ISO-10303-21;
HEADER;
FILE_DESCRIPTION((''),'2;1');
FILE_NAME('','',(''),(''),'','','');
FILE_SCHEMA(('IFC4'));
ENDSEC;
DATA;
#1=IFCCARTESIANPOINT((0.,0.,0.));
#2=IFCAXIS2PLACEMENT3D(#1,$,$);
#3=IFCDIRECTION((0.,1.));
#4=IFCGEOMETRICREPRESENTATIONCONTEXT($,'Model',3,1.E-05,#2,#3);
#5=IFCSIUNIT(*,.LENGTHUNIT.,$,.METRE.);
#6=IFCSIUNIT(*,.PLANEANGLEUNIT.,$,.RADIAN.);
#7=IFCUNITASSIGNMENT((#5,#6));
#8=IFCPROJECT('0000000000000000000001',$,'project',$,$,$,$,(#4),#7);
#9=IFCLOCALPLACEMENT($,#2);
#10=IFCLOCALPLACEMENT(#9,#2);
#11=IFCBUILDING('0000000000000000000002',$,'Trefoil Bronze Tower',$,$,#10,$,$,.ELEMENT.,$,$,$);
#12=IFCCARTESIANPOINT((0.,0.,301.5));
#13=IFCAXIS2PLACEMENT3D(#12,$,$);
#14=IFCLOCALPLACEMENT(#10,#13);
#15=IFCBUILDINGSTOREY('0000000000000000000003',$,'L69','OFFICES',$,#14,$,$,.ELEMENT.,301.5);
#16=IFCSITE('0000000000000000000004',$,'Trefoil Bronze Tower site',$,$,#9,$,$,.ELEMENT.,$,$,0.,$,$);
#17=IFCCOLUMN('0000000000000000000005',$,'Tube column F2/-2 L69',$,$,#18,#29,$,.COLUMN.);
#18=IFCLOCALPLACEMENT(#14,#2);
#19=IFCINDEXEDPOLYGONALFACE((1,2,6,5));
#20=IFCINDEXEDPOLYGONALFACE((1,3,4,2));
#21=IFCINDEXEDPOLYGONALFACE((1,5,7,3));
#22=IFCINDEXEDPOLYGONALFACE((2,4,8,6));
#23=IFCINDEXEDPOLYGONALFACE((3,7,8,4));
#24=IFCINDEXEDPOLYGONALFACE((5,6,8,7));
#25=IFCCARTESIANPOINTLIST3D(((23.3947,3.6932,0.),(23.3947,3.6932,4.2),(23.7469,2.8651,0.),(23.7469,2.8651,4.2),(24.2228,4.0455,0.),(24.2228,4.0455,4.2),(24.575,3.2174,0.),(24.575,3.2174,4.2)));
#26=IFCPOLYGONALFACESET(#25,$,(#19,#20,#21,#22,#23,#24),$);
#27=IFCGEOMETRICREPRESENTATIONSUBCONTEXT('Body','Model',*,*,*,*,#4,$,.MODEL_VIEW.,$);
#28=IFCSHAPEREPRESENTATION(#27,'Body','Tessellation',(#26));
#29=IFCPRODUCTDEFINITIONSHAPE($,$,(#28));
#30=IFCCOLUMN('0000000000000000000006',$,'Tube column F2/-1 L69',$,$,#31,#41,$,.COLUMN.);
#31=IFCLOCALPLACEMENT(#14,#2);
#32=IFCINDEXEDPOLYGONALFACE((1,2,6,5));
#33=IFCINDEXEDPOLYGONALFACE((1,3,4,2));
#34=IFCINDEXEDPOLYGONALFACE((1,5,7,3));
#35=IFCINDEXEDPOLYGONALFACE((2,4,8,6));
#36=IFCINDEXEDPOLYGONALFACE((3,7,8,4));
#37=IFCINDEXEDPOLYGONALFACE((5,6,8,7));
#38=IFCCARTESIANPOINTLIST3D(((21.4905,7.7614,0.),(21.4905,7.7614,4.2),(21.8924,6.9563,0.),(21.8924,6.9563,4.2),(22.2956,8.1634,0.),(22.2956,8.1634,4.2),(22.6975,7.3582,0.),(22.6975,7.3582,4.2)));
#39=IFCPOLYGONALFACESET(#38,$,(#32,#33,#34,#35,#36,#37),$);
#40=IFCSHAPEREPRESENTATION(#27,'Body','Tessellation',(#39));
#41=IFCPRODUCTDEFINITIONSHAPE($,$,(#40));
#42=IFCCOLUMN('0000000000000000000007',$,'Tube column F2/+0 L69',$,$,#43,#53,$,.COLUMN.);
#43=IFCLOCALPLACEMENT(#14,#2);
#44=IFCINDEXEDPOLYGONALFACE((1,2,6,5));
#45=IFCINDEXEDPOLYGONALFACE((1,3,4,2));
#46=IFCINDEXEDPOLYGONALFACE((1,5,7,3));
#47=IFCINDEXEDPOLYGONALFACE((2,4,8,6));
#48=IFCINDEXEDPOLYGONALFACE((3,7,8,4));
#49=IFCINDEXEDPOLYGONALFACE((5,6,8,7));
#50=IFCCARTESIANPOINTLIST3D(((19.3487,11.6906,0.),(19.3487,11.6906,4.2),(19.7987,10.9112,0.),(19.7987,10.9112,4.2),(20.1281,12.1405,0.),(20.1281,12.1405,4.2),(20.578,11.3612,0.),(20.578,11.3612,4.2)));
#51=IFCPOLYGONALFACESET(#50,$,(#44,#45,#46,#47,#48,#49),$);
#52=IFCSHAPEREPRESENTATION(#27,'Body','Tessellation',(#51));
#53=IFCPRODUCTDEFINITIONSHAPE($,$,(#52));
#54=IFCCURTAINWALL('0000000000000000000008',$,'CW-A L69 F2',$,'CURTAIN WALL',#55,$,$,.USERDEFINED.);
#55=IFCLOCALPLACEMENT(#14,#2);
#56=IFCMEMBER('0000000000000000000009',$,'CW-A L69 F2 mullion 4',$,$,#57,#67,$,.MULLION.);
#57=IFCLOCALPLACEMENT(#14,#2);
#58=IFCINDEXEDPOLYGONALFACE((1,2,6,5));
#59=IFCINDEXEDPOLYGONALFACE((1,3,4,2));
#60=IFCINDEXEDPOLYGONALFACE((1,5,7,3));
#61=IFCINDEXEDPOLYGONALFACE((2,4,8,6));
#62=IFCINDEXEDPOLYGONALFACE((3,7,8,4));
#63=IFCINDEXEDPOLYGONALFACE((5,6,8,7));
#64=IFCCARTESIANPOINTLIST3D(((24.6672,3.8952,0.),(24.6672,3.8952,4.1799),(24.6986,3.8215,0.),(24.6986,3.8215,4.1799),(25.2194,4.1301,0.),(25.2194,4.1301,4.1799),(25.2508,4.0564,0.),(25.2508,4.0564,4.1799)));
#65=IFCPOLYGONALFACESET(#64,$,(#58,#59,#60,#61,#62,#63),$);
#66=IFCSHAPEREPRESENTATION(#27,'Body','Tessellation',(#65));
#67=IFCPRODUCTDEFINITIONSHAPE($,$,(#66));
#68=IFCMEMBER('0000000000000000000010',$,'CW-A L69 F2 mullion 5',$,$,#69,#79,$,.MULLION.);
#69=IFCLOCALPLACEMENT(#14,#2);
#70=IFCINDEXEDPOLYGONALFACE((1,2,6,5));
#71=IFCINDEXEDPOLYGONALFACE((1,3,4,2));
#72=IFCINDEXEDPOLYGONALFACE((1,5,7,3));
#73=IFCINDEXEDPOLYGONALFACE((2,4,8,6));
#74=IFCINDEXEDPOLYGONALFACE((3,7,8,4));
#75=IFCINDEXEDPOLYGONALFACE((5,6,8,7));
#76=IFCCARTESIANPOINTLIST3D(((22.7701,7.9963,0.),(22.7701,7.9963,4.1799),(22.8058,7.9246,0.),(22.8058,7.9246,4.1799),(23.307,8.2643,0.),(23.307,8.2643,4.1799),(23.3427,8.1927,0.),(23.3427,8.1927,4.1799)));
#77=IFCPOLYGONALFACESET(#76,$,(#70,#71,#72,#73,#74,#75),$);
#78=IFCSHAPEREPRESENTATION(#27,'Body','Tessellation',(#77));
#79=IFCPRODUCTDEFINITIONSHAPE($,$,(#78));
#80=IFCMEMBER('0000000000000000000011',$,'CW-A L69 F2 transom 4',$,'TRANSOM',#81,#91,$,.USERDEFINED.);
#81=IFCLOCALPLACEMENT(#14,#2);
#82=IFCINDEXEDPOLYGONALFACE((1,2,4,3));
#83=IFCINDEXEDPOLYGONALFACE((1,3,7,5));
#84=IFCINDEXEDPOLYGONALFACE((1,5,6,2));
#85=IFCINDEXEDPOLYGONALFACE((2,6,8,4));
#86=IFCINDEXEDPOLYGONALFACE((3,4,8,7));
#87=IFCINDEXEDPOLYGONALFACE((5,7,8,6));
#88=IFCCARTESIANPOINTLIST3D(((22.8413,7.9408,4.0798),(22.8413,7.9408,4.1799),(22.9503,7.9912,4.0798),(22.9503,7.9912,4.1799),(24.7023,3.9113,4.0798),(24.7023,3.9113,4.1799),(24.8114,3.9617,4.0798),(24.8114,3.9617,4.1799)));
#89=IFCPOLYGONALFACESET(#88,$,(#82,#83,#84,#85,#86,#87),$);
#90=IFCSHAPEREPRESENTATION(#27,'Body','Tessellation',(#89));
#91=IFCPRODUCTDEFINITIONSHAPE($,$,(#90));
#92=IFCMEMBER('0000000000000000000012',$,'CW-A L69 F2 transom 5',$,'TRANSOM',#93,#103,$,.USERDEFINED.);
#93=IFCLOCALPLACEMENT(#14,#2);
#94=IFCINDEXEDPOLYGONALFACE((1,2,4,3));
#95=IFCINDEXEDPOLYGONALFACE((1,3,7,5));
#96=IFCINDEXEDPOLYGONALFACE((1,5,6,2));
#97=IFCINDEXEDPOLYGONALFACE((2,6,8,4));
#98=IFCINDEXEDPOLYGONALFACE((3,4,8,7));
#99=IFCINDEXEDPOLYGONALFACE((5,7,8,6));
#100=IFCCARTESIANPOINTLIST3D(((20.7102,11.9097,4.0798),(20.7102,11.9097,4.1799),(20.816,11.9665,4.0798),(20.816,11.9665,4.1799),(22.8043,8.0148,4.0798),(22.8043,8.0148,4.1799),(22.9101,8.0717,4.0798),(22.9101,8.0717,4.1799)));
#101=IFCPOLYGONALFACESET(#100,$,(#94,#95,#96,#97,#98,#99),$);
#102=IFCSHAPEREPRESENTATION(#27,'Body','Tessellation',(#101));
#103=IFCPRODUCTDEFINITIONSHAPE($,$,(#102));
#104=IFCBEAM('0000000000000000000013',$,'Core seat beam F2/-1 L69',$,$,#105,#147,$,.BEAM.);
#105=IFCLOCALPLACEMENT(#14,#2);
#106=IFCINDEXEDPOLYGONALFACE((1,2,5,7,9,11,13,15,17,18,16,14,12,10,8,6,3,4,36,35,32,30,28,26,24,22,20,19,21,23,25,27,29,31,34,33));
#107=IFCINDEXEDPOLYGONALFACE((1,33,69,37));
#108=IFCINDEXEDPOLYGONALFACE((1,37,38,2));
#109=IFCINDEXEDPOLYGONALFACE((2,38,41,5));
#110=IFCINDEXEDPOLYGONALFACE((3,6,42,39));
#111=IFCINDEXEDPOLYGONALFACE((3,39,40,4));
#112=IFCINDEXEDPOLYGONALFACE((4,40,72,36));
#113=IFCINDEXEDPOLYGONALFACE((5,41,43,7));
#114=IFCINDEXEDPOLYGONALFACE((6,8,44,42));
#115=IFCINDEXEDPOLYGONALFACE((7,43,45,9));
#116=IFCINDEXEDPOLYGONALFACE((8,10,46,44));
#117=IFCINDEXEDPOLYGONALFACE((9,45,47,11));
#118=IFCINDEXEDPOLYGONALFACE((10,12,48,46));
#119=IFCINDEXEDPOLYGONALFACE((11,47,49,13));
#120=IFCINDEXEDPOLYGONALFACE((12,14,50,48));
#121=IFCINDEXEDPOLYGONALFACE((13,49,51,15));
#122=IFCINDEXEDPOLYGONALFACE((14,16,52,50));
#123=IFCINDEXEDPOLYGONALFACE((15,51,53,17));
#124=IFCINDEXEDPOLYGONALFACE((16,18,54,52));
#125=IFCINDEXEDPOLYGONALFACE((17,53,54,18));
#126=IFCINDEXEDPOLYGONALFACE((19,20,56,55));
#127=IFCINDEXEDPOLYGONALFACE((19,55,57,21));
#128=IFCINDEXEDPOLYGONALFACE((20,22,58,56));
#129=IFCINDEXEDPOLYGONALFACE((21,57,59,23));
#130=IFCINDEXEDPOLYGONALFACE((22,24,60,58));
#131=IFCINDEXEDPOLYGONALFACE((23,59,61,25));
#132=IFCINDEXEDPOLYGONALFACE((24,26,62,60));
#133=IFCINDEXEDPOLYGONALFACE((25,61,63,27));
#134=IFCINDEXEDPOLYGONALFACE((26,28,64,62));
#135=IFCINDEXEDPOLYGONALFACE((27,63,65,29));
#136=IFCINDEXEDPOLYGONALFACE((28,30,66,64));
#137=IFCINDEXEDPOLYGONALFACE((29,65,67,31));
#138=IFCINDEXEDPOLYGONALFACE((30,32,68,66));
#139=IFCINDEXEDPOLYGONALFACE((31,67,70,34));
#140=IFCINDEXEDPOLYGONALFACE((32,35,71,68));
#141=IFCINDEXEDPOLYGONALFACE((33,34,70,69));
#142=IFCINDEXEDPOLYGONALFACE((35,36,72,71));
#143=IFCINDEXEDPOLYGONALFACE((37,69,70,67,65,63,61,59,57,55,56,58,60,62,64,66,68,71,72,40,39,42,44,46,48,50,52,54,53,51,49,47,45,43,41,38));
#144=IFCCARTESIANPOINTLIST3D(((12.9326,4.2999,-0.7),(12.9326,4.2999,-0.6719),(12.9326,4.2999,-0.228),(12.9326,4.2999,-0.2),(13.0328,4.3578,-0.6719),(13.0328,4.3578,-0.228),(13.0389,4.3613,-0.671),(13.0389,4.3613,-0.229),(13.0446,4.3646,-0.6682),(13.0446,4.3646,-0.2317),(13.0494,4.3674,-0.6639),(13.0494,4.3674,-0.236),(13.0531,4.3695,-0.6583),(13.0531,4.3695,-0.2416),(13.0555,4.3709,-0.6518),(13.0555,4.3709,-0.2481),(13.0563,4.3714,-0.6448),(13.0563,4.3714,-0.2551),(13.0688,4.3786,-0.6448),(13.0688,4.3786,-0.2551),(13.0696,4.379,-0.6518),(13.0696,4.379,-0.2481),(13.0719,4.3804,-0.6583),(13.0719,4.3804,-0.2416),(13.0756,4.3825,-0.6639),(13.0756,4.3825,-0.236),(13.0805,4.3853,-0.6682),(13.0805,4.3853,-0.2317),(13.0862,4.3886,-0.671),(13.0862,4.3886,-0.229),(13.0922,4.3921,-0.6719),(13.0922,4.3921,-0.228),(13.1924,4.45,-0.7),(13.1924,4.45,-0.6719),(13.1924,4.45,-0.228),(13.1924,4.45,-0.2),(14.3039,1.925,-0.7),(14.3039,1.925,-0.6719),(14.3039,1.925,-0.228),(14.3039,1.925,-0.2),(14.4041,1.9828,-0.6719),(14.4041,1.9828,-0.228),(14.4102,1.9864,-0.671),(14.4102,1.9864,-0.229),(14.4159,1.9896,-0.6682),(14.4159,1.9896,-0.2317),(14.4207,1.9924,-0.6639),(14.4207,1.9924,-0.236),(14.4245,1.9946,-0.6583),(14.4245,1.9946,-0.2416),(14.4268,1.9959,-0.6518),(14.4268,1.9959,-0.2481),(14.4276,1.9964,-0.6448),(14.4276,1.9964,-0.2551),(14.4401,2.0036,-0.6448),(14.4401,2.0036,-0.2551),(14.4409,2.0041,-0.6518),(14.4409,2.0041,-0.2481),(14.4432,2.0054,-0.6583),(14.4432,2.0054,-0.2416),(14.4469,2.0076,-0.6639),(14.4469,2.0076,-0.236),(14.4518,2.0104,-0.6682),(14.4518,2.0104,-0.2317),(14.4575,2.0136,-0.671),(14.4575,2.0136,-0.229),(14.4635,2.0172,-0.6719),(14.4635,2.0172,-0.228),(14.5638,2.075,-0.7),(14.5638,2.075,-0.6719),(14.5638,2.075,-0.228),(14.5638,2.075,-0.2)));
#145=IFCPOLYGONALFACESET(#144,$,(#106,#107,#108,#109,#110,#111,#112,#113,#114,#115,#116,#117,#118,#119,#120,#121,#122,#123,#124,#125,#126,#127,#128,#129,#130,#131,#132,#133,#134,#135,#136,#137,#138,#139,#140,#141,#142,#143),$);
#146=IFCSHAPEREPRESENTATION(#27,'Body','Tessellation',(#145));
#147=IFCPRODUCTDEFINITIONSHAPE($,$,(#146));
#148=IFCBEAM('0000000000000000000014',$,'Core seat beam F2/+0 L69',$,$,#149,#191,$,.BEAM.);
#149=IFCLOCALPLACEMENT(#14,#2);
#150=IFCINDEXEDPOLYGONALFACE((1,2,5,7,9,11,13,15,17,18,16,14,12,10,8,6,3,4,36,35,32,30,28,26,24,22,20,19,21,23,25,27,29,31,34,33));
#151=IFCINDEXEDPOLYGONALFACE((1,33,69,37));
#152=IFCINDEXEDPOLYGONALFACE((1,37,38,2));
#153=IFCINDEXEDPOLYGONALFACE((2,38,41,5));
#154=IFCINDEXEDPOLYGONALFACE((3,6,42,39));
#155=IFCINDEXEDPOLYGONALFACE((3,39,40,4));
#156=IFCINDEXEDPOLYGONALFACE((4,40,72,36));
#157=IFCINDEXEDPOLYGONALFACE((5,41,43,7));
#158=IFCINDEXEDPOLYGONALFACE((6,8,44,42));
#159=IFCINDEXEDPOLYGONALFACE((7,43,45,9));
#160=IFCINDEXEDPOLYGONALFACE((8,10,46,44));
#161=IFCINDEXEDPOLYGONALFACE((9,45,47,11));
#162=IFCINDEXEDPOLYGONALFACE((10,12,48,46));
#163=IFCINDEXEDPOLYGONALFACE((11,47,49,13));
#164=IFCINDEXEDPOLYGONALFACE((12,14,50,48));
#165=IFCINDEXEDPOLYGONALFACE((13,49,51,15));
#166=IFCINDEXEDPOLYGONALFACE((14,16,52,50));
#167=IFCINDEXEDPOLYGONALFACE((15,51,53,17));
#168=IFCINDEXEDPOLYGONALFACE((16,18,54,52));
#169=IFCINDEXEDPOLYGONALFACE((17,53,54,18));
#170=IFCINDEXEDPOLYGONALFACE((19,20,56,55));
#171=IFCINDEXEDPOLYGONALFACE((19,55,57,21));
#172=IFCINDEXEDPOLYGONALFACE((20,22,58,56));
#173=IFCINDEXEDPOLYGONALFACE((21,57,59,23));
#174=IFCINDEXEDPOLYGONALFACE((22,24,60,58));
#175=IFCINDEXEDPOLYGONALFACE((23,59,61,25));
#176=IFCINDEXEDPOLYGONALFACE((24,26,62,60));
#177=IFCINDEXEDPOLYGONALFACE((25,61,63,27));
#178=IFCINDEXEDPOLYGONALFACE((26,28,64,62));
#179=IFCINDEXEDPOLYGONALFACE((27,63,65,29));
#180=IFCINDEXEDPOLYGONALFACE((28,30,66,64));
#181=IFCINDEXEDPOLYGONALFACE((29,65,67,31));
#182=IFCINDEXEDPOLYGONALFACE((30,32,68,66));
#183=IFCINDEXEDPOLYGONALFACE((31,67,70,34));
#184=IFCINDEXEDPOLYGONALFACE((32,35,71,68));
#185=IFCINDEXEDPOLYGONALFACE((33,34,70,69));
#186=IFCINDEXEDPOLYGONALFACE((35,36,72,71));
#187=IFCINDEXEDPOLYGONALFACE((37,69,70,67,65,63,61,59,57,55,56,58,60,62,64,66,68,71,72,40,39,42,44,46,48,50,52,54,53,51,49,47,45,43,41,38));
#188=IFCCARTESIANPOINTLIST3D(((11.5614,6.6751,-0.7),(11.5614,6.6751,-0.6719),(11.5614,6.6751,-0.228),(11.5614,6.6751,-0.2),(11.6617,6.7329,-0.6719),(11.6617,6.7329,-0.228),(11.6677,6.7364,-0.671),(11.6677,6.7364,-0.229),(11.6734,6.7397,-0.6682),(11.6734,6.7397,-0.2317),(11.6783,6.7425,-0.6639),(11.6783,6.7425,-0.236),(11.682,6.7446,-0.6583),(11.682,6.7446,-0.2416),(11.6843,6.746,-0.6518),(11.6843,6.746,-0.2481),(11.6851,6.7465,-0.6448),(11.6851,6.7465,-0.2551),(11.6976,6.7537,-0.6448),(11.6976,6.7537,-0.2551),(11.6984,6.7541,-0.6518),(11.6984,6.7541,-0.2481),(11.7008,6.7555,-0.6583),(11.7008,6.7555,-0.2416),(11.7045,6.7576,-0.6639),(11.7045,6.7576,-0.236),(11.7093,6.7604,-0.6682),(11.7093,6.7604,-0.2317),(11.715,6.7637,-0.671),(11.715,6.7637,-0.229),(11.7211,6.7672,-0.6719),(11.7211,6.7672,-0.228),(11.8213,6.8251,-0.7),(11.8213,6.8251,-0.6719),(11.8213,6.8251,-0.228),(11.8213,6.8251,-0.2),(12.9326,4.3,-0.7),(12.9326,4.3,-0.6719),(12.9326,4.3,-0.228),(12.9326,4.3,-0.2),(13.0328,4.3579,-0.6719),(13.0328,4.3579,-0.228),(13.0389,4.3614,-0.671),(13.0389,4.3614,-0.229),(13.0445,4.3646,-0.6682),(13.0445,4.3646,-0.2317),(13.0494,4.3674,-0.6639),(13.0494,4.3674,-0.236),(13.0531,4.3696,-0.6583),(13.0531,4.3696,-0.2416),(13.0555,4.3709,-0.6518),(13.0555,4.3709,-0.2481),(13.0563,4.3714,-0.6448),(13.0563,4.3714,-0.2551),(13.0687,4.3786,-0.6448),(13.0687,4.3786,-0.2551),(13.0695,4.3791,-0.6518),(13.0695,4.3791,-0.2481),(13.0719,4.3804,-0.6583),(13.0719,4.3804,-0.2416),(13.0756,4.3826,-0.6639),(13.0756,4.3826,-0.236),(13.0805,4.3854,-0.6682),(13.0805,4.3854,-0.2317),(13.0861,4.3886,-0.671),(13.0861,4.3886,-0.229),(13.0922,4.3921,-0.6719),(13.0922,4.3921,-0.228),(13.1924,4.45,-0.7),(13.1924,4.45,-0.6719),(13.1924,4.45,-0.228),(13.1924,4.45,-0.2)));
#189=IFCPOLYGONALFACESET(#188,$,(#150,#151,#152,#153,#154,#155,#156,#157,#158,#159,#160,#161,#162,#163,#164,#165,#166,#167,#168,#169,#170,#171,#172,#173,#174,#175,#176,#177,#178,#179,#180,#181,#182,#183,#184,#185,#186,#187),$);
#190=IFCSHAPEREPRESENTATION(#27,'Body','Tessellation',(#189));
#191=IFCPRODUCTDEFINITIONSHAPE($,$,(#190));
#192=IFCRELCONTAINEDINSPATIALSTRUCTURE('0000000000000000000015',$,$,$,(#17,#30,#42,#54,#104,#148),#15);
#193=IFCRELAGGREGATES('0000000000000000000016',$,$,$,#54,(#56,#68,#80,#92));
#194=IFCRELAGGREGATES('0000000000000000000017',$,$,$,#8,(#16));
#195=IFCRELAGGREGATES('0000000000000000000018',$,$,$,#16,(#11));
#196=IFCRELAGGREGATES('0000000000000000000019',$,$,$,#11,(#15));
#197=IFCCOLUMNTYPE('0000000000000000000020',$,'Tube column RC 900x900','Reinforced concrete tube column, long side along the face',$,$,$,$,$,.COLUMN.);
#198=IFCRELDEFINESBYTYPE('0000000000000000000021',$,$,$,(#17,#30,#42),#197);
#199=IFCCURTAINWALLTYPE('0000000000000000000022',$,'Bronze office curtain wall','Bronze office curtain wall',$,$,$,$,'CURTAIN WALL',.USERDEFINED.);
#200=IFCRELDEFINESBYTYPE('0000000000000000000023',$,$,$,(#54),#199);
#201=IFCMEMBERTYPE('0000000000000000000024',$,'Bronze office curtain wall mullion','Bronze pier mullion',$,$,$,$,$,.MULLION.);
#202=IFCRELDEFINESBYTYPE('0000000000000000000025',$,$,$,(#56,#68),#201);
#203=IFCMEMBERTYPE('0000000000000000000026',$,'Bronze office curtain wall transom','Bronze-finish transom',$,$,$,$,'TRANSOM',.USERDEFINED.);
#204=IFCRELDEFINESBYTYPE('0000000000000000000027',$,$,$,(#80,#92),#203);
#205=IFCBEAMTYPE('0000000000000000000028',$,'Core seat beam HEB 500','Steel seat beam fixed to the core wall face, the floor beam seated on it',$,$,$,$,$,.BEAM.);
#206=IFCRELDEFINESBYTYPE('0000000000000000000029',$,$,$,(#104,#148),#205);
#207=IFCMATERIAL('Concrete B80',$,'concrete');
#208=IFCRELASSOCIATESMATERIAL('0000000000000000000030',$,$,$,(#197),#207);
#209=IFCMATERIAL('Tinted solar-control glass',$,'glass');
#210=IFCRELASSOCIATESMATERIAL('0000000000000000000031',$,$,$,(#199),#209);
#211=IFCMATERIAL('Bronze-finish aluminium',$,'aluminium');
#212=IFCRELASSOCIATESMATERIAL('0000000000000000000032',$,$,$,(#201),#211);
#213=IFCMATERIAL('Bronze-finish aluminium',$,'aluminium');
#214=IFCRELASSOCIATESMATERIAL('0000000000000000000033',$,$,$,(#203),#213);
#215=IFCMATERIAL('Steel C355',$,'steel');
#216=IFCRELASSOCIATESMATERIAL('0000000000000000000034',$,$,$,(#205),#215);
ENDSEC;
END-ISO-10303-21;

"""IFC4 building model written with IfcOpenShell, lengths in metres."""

from ifc_helpers import new_model, si_unit, direction, frame, origin, origin_2d, place, context, subcontext, project, spatial, rectangle, i_section, extrude, material, material_profile, profile_set, type_object, element, aggregate, save


model = new_model("IFC4")

# Units and contexts
model_context = context("Model", 3, precision=1e-05, world=origin(), true_north=direction((0.0, 1.0)))
body_context = subcontext(model_context, "Body", "Model", "MODEL_VIEW")
ifc_project = project(units=[si_unit("LENGTHUNIT", "METRE"), si_unit("PLANEANGLEUNIT", "RADIAN")], contexts=[model_context])

# Site, building, storey
site_placement = place(None, origin())
site = spatial("IfcSite", under=ifc_project, at=site_placement, Name="Trefoil Bronze Tower site", CompositionType="ELEMENT", RefElevation=0.0)
building_placement = place(site_placement, origin())
building = spatial("IfcBuilding", under=site, at=building_placement, Name="Trefoil Bronze Tower", CompositionType="ELEMENT")
storey_placement = place(building_placement, frame((0.0, 0.0, 301.5)))
storey = spatial("IfcBuildingStorey", under=building, at=storey_placement, Name="L69", Description="OFFICES", CompositionType="ELEMENT", Elevation=301.5)

# Columns
ifc_material_1 = material(Name="Concrete B80", Category="concrete")
ifc_material_profile_1 = material_profile(ifc_material_1, rectangle(XDim=0.8999, YDim=0.8999, at=origin_2d()), Name="RC 900x900")
ifc_profile_set_1 = profile_set([ifc_material_profile_1], Name="Concrete B80")
column_type = type_object("IfcColumnType", Name="Tube column RC 900x900", Description="Reinforced concrete tube column, long side along the face", PredefinedType="COLUMN", material=ifc_profile_set_1)
for number, where, z_axis, x_axis, name in (
    (1, (23.9849, 3.4553, 0.0), (0.0, 0.0, 1.0), (-0.391436, 0.920205, 0.0), "Tube column F2/-2 L69"),
    (2, (22.094, 7.5598, 0.0), (0.0, 0.0, 1.0), (-0.446641, 0.894713, 0.0), "Tube column F2/-1 L69"),
    (3, (19.9634, 11.5259, 0.0), (0.0, 0.0, 1.0), (-0.5, 0.866025, 0.0), "Tube column F2/+0 L69"),
):
    element("IfcColumn", number, at=place(storey_placement, frame(where, z_axis=z_axis, x_axis=x_axis)), inside=storey, type_object=column_type, Name=name, PredefinedType="COLUMN", context=body_context, shape_type="SweptSolid", body=[
        extrude(rectangle(XDim=0.8999, YDim=0.8999, at=origin_2d()), origin(), (0.0, 0.0, 1.0), 4.2),
    ])

# Curtain wall, members
ifc_material_2 = material(Name="Tinted solar-control glass", Category="glass")
curtain_wall_type = type_object("IfcCurtainWallType", Name="Bronze office curtain wall", Description="Bronze office curtain wall", ElementType="CURTAIN WALL", PredefinedType="USERDEFINED", material=ifc_material_2)
curtain_wall_placement = place(storey_placement, origin())
curtain_wall = element("IfcCurtainWall", 4, at=curtain_wall_placement, inside=storey, type_object=curtain_wall_type, Name="CW-A L69 F2", ObjectType="CURTAIN WALL", PredefinedType="USERDEFINED")
ifc_material_3 = material(Name="Bronze-finish aluminium", Category="aluminium")
ifc_material_profile_2 = material_profile(ifc_material_3, rectangle(XDim=0.6001, YDim=0.0801, at=origin_2d()), Name="CW-A mullion")
ifc_profile_set_2 = profile_set([ifc_material_profile_2], Name="Bronze-finish aluminium")
member_type_1 = type_object("IfcMemberType", Name="Bronze office curtain wall mullion", Description="Bronze pier mullion", PredefinedType="MULLION", material=ifc_profile_set_2)
member_1_placement = place(storey_placement, frame((24.959, 3.9758, 0.0), z_axis=(0.0, 0.0, 1.0), x_axis=(-0.920205, -0.391436, 0.0)))
member_1 = element("IfcMember", 5, at=member_1_placement, type_object=member_type_1, Name="CW-A L69 F2 mullion 4", PredefinedType="MULLION", context=body_context, shape_type="SweptSolid", body=[
    extrude(rectangle(XDim=0.6001, YDim=0.0801, at=origin_2d()), origin(), (0.0, 0.0, 1.0), 4.1799),
])
member_2_placement = place(storey_placement, frame((23.0564, 8.0945, 0.0), z_axis=(0.0, 0.0, 1.0), x_axis=(-0.894713, -0.446641, 0.0)))
member_2 = element("IfcMember", 6, at=member_2_placement, type_object=member_type_1, Name="CW-A L69 F2 mullion 5", PredefinedType="MULLION", context=body_context, shape_type="SweptSolid", body=[
    extrude(rectangle(XDim=0.6001, YDim=0.0801, at=origin_2d()), origin(), (0.0, 0.0, 1.0), 4.1799),
])
ifc_material_4 = material(Name="Bronze-finish aluminium", Category="aluminium")
ifc_material_profile_3 = material_profile(ifc_material_4, rectangle(XDim=0.1201, YDim=0.1001, at=origin_2d()), Name="CW-A transom")
ifc_profile_set_3 = profile_set([ifc_material_profile_3], Name="Bronze-finish aluminium")
member_type_2 = type_object("IfcMemberType", Name="Bronze office curtain wall transom", Description="Bronze-finish transom", ElementType="TRANSOM", PredefinedType="USERDEFINED", material=ifc_profile_set_3)
member_3_placement = place(storey_placement, frame((24.7568, 3.9365, 4.1299), z_axis=(-0.419299, 0.907848, 0.0), x_axis=(-0.907848, -0.419299, 0.0)))
member_3 = element("IfcMember", 7, at=member_3_placement, type_object=member_type_2, Name="CW-A L69 F2 transom 4", ObjectType="TRANSOM", PredefinedType="USERDEFINED", context=body_context, shape_type="SweptSolid", body=[
    extrude(rectangle(XDim=0.1201, YDim=0.1001, at=origin_2d()), origin(), (0.0, 0.0, 1.0), 4.4385),
])
member_4_placement = place(storey_placement, frame((22.8572, 8.0432, 4.1299), z_axis=(-0.47354, 0.880772, 0.0), x_axis=(-0.880772, -0.47354, 0.0)))
member_4 = element("IfcMember", 8, at=member_4_placement, type_object=member_type_2, Name="CW-A L69 F2 transom 5", ObjectType="TRANSOM", PredefinedType="USERDEFINED", context=body_context, shape_type="SweptSolid", body=[
    extrude(rectangle(XDim=0.1201, YDim=0.1001, at=origin_2d()), origin(), (0.0, 0.0, 1.0), 4.4221),
])

# Beams
ifc_material_5 = material(Name="Steel C355", Category="steel")
ifc_material_profile_4 = material_profile(ifc_material_5, i_section(OverallWidth=0.3, OverallDepth=0.5, WebThickness=0.0144, FlangeThickness=0.0281, FilletRadius=0.0271, at=origin_2d()), Name="HEB 500")
ifc_profile_set_4 = profile_set([ifc_material_profile_4], Name="Steel C355")
beam_type_1 = type_object("IfcBeamType", Name="Core seat beam HEB 500", Description="Steel seat beam fixed to the core wall face, the floor beam seated on it", PredefinedType="BEAM", material=ifc_profile_set_4)
for number, where, z_axis, x_axis, name in (
    (9, (14.4338, 2.0, -0.45), (-0.500036, 0.866005, 0.0), (-0.866005, -0.500036, 0.0), "Core seat beam F2/-1 L69"),
    (10, (13.0625, 4.375, -0.45), (-0.499969, 0.866043, 0.0), (-0.866043, -0.499969, 0.0), "Core seat beam F2/+0 L69"),
):
    element("IfcBeam", number, at=place(storey_placement, frame(where, z_axis=z_axis, x_axis=x_axis)), inside=storey, type_object=beam_type_1, Name=name, PredefinedType="BEAM", context=body_context, shape_type="SweptSolid", body=[
        extrude(i_section(OverallWidth=0.3, OverallDepth=0.5, WebThickness=0.0144, FlangeThickness=0.0281, FilletRadius=0.0271, at=origin_2d()), origin(), (0.0, 0.0, 1.0), 2.7424),
    ])

aggregate(curtain_wall, [member_1, member_2, member_3, member_4])

save(model, "model.ifc")
